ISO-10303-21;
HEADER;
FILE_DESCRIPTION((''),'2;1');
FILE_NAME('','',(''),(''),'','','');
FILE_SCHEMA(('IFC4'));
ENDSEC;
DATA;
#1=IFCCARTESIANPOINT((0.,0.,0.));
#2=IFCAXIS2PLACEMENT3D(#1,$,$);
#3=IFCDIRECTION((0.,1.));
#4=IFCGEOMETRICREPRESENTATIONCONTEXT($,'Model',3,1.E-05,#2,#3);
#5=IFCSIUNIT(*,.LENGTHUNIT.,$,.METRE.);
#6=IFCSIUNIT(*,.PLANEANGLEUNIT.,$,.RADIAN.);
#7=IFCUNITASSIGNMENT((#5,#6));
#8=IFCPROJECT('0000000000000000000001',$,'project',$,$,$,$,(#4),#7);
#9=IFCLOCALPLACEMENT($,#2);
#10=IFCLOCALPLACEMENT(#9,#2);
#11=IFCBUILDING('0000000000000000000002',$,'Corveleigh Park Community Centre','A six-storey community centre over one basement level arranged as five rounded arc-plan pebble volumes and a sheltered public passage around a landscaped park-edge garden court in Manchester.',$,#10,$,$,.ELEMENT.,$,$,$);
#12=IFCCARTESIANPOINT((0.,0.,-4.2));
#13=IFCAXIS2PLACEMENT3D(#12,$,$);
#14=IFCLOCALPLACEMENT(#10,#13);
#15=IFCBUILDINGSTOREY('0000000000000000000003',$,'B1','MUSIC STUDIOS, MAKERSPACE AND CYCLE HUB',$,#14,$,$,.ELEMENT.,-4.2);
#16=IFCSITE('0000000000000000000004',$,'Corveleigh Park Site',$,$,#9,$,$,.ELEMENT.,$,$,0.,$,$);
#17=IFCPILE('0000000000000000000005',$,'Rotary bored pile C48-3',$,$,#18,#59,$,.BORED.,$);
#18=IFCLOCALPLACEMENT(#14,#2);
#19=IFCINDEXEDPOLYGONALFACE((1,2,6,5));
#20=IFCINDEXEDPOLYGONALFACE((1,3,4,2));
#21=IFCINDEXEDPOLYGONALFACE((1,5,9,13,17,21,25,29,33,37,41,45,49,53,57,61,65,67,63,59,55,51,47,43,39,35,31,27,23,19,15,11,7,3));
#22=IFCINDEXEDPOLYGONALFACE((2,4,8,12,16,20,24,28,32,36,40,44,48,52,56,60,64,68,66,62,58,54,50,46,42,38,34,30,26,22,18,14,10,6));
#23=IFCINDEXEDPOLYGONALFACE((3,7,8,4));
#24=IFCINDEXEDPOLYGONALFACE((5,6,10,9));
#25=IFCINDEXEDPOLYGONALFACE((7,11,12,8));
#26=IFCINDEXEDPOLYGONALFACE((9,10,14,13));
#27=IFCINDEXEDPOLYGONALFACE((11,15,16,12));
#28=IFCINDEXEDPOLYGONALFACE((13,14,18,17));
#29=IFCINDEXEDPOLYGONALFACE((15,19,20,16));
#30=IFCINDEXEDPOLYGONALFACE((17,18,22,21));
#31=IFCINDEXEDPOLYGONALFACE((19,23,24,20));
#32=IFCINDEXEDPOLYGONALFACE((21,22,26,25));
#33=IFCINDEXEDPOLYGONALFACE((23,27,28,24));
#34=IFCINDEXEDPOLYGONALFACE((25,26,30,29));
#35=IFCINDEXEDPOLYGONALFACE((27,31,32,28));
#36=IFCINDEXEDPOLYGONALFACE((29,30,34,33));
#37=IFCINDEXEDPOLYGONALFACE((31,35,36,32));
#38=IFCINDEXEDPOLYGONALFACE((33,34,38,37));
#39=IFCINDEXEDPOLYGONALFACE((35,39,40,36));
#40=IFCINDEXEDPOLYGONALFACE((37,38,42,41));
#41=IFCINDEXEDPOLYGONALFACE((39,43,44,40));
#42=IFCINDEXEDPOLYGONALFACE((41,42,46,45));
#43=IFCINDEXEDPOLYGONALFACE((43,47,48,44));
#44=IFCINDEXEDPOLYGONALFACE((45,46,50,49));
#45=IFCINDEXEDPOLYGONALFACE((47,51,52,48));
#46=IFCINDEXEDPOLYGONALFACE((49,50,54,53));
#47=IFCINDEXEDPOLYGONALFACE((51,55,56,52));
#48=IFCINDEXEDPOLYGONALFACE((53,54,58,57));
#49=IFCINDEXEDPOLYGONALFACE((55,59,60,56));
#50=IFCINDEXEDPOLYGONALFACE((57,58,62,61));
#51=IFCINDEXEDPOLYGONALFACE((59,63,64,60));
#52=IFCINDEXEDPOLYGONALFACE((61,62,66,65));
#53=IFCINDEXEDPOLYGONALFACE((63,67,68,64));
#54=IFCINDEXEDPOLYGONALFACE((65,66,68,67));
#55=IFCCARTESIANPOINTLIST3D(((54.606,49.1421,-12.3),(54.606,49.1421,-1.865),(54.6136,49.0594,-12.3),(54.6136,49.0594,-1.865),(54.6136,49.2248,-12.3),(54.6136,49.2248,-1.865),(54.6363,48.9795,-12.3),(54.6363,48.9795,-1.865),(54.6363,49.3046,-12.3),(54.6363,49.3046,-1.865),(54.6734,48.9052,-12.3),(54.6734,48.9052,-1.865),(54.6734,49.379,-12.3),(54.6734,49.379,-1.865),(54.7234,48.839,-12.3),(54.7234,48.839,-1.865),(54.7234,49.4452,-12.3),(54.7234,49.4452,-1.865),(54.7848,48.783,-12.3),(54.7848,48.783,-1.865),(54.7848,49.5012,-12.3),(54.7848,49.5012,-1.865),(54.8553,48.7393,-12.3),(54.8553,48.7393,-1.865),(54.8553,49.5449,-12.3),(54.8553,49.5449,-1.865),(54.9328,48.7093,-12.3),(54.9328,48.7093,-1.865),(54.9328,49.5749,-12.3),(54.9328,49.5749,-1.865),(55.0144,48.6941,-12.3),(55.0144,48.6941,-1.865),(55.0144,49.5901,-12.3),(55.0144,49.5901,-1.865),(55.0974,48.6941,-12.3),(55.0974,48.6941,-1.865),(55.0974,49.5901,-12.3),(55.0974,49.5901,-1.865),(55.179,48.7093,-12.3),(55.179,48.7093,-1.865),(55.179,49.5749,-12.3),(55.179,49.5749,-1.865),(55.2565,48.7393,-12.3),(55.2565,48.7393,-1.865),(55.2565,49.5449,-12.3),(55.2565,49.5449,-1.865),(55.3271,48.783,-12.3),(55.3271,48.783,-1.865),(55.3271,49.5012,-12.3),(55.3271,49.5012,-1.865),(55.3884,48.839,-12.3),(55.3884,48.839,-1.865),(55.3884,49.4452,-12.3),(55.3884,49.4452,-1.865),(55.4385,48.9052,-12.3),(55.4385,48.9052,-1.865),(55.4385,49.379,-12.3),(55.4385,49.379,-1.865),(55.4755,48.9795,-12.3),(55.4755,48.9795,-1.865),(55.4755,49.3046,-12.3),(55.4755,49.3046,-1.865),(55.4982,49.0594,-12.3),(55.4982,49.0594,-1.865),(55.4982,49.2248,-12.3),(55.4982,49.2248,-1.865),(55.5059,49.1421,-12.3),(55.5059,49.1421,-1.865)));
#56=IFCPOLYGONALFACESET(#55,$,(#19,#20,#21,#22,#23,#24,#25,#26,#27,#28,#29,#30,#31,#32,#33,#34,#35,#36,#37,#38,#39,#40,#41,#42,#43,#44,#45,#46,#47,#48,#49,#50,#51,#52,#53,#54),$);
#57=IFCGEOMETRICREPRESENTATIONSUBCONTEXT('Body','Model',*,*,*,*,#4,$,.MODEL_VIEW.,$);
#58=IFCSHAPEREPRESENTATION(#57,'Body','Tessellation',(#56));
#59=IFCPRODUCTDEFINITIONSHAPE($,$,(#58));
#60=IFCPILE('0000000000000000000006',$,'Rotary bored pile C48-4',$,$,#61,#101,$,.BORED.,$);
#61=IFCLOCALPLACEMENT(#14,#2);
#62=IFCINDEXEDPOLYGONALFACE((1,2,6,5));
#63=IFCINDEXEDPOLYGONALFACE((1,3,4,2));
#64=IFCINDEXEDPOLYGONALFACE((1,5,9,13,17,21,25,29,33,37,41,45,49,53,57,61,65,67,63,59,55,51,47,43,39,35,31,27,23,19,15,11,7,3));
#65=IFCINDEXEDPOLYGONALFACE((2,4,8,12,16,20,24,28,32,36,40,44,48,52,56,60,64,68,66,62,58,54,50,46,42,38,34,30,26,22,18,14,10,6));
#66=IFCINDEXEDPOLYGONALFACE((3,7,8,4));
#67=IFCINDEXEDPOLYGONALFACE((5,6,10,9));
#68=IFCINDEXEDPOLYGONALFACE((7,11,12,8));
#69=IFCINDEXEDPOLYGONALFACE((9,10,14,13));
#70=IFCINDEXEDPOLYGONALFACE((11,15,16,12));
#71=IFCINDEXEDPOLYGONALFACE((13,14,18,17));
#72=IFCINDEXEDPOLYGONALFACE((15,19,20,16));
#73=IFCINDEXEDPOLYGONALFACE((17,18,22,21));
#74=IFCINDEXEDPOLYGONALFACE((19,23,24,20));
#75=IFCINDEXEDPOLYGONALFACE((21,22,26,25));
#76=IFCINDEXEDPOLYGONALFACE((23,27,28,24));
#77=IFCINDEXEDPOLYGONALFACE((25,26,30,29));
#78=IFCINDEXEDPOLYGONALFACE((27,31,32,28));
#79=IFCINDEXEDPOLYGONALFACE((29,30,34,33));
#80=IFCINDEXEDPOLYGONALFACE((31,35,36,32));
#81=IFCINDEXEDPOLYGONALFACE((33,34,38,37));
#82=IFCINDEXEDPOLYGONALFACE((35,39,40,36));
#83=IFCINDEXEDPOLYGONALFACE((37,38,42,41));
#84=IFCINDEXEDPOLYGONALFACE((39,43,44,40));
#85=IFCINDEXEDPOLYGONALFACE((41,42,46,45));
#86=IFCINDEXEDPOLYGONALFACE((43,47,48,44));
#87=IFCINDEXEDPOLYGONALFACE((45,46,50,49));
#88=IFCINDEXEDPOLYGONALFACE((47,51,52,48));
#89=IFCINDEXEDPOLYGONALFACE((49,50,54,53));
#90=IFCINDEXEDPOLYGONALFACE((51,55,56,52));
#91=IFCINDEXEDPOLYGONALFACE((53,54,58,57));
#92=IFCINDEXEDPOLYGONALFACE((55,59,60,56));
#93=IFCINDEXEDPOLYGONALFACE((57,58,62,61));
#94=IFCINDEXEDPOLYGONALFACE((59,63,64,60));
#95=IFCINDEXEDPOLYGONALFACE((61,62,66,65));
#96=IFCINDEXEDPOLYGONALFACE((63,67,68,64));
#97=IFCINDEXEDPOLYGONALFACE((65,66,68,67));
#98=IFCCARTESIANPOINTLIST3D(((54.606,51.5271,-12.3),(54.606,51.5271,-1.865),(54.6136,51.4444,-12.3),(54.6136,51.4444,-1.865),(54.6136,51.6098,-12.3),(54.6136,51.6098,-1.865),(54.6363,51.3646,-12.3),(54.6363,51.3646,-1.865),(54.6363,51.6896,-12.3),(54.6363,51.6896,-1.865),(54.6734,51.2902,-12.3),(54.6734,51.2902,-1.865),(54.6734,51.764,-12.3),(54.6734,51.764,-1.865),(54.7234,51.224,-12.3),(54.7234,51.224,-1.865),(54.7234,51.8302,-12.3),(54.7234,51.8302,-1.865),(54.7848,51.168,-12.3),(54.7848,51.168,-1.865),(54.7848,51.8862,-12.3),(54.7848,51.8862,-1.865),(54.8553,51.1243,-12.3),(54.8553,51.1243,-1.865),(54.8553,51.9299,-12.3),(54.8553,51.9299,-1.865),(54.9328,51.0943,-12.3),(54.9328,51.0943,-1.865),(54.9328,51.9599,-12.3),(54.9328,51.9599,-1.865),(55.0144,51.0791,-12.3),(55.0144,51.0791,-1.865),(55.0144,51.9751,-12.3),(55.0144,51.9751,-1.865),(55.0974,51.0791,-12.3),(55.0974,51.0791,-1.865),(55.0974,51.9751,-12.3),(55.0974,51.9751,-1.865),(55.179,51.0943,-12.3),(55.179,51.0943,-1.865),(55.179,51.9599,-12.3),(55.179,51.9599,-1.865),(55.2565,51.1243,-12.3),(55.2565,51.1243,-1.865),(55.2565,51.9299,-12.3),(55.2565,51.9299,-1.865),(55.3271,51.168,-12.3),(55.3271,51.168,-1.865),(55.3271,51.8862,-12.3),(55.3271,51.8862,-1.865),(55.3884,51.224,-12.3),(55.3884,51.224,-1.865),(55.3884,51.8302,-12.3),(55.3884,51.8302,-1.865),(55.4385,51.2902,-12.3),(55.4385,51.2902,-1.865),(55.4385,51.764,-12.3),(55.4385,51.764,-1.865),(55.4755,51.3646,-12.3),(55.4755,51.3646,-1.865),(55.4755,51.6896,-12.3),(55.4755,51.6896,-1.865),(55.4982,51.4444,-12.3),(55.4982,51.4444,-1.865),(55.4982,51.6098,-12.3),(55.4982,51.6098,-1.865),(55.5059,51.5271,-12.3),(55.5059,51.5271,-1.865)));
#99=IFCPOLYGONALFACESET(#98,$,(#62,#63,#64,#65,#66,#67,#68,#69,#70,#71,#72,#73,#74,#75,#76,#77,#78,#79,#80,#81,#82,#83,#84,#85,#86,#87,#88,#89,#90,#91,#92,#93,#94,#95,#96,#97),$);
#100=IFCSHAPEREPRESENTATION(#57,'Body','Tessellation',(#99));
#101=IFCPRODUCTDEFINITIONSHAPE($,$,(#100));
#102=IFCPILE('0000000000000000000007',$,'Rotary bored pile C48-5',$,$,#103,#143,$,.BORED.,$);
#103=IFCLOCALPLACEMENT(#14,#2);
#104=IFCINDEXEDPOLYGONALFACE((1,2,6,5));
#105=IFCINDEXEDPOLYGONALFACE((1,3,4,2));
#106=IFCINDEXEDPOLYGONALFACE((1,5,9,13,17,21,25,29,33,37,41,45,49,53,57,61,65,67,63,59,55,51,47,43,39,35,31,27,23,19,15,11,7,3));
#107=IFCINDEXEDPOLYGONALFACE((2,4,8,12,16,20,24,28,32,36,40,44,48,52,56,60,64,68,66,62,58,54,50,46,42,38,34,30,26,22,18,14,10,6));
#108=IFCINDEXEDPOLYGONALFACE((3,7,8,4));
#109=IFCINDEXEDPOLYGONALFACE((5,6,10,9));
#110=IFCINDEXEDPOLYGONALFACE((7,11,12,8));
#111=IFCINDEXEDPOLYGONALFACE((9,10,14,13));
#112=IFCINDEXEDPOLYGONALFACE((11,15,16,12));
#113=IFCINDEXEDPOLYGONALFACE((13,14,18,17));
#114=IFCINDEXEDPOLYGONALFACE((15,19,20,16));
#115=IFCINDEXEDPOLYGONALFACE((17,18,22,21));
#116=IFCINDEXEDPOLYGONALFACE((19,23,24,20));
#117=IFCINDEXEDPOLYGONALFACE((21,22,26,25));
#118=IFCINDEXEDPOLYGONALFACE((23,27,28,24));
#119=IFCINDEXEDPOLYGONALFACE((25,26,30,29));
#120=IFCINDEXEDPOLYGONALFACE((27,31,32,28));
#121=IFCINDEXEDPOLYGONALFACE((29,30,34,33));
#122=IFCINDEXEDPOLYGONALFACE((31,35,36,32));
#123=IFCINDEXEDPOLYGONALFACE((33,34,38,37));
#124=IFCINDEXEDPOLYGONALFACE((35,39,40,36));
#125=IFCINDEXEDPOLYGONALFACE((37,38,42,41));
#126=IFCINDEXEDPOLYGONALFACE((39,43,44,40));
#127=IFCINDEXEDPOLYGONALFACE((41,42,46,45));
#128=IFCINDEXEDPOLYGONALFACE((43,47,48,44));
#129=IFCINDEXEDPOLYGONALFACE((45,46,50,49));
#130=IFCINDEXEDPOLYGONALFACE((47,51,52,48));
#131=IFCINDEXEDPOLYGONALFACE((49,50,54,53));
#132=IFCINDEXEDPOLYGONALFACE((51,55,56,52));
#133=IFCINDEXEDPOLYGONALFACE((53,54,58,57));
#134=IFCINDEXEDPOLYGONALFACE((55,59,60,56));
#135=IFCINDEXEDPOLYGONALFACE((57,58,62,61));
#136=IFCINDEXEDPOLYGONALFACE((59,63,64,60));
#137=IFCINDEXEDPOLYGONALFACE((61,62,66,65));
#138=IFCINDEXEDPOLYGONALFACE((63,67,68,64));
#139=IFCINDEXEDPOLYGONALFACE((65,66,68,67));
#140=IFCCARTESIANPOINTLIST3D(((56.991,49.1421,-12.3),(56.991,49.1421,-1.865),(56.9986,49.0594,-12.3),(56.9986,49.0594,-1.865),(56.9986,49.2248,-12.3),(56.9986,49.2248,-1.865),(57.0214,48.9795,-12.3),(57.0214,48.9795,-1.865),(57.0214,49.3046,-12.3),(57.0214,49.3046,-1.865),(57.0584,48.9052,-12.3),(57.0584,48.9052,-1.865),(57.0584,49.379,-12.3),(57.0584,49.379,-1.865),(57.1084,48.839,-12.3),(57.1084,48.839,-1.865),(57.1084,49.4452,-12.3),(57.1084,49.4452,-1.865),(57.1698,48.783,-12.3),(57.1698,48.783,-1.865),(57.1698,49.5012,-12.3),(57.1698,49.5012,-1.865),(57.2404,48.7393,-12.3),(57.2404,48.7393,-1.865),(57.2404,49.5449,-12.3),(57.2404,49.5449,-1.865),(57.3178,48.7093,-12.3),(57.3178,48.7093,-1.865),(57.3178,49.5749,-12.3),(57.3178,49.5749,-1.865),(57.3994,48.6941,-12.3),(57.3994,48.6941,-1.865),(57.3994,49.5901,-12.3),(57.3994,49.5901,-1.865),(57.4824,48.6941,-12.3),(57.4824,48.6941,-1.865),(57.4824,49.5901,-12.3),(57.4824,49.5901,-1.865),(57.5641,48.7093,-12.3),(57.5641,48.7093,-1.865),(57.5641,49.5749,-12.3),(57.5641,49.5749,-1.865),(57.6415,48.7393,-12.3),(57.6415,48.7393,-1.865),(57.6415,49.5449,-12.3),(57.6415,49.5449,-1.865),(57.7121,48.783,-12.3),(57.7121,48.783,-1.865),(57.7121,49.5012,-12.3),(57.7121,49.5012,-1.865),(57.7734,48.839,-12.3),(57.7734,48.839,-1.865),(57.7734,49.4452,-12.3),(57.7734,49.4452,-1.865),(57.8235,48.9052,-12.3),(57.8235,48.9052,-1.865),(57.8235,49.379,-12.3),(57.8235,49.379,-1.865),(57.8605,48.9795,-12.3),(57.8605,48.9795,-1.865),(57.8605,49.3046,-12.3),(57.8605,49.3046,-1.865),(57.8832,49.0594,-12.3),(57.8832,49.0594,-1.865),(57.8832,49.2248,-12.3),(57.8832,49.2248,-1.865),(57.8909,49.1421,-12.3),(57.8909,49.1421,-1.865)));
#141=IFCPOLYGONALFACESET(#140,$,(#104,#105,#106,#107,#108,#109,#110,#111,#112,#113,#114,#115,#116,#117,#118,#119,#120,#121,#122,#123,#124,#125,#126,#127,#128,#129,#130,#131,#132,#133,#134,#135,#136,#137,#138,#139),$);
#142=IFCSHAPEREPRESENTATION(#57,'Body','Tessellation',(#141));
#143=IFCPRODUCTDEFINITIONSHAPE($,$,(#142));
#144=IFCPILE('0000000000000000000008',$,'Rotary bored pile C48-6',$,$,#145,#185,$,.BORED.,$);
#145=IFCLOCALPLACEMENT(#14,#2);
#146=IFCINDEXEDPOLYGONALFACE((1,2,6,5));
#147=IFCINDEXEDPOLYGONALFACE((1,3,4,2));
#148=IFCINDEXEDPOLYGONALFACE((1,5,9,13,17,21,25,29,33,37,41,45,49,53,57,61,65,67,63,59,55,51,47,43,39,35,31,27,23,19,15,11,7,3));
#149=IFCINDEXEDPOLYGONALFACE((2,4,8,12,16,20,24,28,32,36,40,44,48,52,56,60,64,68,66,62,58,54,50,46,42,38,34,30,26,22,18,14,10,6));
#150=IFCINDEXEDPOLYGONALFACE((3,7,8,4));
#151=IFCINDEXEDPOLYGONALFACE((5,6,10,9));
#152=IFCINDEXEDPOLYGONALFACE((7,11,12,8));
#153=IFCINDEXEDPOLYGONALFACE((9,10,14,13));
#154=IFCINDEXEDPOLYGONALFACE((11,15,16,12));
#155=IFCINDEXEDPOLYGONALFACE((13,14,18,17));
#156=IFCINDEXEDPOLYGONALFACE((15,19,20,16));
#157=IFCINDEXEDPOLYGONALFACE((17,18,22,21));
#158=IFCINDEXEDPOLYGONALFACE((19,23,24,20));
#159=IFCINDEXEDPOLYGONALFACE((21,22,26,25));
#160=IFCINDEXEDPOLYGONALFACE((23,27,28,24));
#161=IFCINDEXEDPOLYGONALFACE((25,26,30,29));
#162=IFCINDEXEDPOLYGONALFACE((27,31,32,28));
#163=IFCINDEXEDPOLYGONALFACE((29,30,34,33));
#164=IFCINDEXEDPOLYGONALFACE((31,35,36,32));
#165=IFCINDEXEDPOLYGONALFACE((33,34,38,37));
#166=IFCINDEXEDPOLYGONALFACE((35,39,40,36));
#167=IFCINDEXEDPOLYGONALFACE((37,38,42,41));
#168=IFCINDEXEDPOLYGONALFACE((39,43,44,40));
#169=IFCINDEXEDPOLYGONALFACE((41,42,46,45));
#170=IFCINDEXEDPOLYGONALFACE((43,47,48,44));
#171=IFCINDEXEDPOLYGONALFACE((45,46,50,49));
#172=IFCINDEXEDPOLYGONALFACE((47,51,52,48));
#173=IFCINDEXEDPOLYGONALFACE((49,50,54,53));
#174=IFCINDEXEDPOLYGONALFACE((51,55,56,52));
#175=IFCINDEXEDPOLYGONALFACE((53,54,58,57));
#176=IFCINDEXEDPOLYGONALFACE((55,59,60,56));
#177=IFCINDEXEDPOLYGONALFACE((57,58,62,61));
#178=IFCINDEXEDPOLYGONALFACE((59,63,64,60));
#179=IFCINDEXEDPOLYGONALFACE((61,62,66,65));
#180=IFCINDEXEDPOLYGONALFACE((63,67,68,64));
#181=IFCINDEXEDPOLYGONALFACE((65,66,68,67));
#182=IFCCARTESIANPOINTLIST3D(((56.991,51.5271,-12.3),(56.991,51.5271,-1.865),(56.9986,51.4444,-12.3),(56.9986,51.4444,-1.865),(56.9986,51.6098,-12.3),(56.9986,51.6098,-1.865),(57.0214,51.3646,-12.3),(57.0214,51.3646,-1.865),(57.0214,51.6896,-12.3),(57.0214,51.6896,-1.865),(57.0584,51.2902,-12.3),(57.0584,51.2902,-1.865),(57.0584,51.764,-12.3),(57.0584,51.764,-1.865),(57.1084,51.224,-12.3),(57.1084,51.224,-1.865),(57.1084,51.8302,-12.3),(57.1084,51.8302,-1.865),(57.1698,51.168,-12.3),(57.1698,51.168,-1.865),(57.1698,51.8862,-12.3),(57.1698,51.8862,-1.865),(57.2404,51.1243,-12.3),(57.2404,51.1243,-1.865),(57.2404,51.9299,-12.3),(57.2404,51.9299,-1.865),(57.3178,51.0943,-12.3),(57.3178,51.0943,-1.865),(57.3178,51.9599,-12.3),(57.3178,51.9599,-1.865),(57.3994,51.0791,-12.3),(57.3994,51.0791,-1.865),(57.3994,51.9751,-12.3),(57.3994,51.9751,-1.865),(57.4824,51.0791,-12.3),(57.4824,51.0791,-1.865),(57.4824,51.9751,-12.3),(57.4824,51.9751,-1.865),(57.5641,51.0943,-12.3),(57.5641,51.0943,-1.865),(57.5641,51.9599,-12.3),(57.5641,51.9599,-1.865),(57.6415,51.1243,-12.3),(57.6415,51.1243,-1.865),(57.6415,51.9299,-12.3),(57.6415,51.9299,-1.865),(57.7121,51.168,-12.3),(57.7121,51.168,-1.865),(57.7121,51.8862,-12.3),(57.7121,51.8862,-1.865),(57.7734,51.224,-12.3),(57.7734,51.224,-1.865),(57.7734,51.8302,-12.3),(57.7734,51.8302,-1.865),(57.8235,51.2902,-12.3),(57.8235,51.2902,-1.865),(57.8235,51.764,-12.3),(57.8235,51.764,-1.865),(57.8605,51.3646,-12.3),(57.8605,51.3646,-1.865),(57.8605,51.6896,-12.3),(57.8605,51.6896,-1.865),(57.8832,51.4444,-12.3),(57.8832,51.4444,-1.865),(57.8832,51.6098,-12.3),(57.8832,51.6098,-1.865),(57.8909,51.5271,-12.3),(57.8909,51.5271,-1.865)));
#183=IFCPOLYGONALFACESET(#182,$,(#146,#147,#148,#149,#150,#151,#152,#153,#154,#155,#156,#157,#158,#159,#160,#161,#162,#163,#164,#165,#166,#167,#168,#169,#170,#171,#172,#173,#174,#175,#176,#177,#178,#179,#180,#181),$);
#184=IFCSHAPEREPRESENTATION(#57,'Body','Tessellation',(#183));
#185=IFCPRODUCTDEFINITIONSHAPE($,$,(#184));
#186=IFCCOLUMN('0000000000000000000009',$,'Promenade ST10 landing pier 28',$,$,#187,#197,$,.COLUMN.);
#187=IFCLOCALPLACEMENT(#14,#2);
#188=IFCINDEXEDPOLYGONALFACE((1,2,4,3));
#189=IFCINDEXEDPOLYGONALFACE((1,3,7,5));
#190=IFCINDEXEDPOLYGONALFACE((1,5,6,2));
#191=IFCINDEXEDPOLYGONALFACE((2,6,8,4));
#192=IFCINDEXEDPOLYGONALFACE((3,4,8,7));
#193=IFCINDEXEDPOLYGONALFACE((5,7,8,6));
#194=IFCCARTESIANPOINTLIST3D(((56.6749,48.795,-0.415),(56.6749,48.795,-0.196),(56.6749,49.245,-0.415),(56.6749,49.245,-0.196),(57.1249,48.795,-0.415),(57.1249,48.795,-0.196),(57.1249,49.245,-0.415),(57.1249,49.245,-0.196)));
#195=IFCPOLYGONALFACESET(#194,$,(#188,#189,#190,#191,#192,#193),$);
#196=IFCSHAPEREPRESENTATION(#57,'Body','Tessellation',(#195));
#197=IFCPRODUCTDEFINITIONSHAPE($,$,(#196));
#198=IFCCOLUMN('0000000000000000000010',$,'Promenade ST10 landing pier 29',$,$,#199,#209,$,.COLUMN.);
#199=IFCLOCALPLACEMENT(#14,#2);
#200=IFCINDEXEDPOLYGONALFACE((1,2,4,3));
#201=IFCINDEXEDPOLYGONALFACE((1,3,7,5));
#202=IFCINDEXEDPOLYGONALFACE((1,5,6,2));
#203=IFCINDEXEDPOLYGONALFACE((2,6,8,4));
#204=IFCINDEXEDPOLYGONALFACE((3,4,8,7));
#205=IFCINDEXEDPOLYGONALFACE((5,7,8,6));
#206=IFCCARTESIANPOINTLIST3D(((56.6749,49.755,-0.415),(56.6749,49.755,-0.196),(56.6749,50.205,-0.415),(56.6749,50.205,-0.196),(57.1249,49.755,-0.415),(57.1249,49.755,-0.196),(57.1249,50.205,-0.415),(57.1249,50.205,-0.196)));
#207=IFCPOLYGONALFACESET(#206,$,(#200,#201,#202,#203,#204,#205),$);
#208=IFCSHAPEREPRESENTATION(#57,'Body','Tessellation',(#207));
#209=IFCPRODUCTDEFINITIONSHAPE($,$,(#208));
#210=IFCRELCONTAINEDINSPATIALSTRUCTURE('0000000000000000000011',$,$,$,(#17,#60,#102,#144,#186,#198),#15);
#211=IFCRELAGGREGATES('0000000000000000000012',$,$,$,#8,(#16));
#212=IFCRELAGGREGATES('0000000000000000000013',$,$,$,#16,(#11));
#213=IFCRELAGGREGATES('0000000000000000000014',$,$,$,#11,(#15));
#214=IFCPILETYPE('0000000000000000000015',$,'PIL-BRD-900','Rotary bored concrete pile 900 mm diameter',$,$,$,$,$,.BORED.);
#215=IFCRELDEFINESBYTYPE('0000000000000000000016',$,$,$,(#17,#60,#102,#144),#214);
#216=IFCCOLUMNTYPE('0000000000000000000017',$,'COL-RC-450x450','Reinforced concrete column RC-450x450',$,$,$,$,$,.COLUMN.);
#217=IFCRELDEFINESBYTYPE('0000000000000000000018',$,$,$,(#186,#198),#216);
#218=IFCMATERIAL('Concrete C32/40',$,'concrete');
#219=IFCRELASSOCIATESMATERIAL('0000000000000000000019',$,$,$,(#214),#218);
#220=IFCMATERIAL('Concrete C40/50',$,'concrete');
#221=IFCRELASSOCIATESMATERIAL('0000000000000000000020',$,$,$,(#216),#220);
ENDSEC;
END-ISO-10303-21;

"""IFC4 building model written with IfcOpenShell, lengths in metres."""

from ifc_helpers import new_model, si_unit, direction, frame, origin, origin_2d, place, context, subcontext, project, spatial, rectangle, circle, extrude, material, material_profile, profile_set, type_object, element, save


model = new_model("IFC4")

# Units and contexts
model_context = context("Model", 3, precision=1e-05, world=origin(), true_north=direction((0.0, 1.0)))
body_context = subcontext(model_context, "Body", "Model", "MODEL_VIEW")
ifc_project = project(units=[si_unit("LENGTHUNIT", "METRE"), si_unit("PLANEANGLEUNIT", "RADIAN")], contexts=[model_context])

# Site, building, storey
site_placement = place(None, origin())
site = spatial("IfcSite", under=ifc_project, at=site_placement, Name="Corveleigh Park Site", CompositionType="ELEMENT", RefElevation=0.0)
building_placement = place(site_placement, origin())
building = spatial("IfcBuilding", under=site, at=building_placement, Name="Corveleigh Park Community Centre", Description="A six-storey community centre over one basement level arranged as five rounded arc-plan pebble volumes and a sheltered public passage around a landscaped park-edge garden court in Manchester.", CompositionType="ELEMENT")
storey_placement = place(building_placement, frame((0.0, 0.0, -4.2)))
storey = spatial("IfcBuildingStorey", under=building, at=storey_placement, Name="B1", Description="MUSIC STUDIOS, MAKERSPACE AND CYCLE HUB", CompositionType="ELEMENT", Elevation=-4.2)

# Shared definitions
ifc_material_1 = material(Name="Concrete C40/50", Category="concrete")

# Piles
ifc_material_2 = material(Name="Concrete C32/40", Category="concrete")
ifc_material_profile_1 = material_profile(ifc_material_2, circle(Radius=0.45, at=origin_2d()), Name="BORED-PILE-900", Category="concrete")
ifc_profile_set_1 = profile_set([ifc_material_profile_1], Name="Concrete C32/40")
pile_type_1 = type_object("IfcPileType", Name="PIL-BRD-900", Description="Rotary bored concrete pile 900 mm diameter", PredefinedType="BORED", material=ifc_profile_set_1)
for number, where, z_axis, x_axis, name in (
    (1, (55.0559, 49.1421, -1.865), (0.0, 0.0, -1.0), (1.0, 0.0, 0.0), "Rotary bored pile C48-3"),
    (2, (55.0559, 51.5271, -1.865), (0.0, 0.0, -1.0), (1.0, 0.0, 0.0), "Rotary bored pile C48-4"),
    (3, (57.4409, 49.1421, -1.865), (0.0, 0.0, -1.0), (1.0, 0.0, 0.0), "Rotary bored pile C48-5"),
    (4, (57.4409, 51.5271, -1.865), (0.0, 0.0, -1.0), (1.0, 0.0, 0.0), "Rotary bored pile C48-6"),
):
    element("IfcPile", number, at=place(storey_placement, frame(where, z_axis=z_axis, x_axis=x_axis)), inside=storey, type_object=pile_type_1, Name=name, PredefinedType="BORED", context=body_context, shape_type="SweptSolid", body=[
        extrude(circle(Radius=0.45, at=origin_2d()), origin(), (0.0, 0.0, 1.0), 10.4351),
    ])

# Columns
ifc_material_profile_2 = material_profile(ifc_material_1, rectangle(XDim=0.45, YDim=0.45, at=origin_2d()), Name="RC-450x450", Category="concrete")
ifc_profile_set_2 = profile_set([ifc_material_profile_2], Name="Concrete C40/50")
column_type_1 = type_object("IfcColumnType", Name="COL-RC-450x450", Description="Reinforced concrete column RC-450x450", PredefinedType="COLUMN", material=ifc_profile_set_2)
for number, where, z_axis, x_axis, name in (
    (5, (56.8999, 49.02, -0.415), (0.0, 0.0, 1.0), (1.0, 0.0, 0.0), "Promenade ST10 landing pier 28"),
    (6, (56.8999, 49.98, -0.415), (0.0, 0.0, 1.0), (1.0, 0.0, 0.0), "Promenade ST10 landing pier 29"),
):
    element("IfcColumn", number, at=place(storey_placement, frame(where, z_axis=z_axis, x_axis=x_axis)), inside=storey, type_object=column_type_1, Name=name, PredefinedType="COLUMN", context=body_context, shape_type="SweptSolid", body=[
        extrude(rectangle(XDim=0.45, YDim=0.45, at=origin_2d()), origin(), (0.0, 0.0, 1.0), 0.219),
    ])

save(model, "model.ifc")
